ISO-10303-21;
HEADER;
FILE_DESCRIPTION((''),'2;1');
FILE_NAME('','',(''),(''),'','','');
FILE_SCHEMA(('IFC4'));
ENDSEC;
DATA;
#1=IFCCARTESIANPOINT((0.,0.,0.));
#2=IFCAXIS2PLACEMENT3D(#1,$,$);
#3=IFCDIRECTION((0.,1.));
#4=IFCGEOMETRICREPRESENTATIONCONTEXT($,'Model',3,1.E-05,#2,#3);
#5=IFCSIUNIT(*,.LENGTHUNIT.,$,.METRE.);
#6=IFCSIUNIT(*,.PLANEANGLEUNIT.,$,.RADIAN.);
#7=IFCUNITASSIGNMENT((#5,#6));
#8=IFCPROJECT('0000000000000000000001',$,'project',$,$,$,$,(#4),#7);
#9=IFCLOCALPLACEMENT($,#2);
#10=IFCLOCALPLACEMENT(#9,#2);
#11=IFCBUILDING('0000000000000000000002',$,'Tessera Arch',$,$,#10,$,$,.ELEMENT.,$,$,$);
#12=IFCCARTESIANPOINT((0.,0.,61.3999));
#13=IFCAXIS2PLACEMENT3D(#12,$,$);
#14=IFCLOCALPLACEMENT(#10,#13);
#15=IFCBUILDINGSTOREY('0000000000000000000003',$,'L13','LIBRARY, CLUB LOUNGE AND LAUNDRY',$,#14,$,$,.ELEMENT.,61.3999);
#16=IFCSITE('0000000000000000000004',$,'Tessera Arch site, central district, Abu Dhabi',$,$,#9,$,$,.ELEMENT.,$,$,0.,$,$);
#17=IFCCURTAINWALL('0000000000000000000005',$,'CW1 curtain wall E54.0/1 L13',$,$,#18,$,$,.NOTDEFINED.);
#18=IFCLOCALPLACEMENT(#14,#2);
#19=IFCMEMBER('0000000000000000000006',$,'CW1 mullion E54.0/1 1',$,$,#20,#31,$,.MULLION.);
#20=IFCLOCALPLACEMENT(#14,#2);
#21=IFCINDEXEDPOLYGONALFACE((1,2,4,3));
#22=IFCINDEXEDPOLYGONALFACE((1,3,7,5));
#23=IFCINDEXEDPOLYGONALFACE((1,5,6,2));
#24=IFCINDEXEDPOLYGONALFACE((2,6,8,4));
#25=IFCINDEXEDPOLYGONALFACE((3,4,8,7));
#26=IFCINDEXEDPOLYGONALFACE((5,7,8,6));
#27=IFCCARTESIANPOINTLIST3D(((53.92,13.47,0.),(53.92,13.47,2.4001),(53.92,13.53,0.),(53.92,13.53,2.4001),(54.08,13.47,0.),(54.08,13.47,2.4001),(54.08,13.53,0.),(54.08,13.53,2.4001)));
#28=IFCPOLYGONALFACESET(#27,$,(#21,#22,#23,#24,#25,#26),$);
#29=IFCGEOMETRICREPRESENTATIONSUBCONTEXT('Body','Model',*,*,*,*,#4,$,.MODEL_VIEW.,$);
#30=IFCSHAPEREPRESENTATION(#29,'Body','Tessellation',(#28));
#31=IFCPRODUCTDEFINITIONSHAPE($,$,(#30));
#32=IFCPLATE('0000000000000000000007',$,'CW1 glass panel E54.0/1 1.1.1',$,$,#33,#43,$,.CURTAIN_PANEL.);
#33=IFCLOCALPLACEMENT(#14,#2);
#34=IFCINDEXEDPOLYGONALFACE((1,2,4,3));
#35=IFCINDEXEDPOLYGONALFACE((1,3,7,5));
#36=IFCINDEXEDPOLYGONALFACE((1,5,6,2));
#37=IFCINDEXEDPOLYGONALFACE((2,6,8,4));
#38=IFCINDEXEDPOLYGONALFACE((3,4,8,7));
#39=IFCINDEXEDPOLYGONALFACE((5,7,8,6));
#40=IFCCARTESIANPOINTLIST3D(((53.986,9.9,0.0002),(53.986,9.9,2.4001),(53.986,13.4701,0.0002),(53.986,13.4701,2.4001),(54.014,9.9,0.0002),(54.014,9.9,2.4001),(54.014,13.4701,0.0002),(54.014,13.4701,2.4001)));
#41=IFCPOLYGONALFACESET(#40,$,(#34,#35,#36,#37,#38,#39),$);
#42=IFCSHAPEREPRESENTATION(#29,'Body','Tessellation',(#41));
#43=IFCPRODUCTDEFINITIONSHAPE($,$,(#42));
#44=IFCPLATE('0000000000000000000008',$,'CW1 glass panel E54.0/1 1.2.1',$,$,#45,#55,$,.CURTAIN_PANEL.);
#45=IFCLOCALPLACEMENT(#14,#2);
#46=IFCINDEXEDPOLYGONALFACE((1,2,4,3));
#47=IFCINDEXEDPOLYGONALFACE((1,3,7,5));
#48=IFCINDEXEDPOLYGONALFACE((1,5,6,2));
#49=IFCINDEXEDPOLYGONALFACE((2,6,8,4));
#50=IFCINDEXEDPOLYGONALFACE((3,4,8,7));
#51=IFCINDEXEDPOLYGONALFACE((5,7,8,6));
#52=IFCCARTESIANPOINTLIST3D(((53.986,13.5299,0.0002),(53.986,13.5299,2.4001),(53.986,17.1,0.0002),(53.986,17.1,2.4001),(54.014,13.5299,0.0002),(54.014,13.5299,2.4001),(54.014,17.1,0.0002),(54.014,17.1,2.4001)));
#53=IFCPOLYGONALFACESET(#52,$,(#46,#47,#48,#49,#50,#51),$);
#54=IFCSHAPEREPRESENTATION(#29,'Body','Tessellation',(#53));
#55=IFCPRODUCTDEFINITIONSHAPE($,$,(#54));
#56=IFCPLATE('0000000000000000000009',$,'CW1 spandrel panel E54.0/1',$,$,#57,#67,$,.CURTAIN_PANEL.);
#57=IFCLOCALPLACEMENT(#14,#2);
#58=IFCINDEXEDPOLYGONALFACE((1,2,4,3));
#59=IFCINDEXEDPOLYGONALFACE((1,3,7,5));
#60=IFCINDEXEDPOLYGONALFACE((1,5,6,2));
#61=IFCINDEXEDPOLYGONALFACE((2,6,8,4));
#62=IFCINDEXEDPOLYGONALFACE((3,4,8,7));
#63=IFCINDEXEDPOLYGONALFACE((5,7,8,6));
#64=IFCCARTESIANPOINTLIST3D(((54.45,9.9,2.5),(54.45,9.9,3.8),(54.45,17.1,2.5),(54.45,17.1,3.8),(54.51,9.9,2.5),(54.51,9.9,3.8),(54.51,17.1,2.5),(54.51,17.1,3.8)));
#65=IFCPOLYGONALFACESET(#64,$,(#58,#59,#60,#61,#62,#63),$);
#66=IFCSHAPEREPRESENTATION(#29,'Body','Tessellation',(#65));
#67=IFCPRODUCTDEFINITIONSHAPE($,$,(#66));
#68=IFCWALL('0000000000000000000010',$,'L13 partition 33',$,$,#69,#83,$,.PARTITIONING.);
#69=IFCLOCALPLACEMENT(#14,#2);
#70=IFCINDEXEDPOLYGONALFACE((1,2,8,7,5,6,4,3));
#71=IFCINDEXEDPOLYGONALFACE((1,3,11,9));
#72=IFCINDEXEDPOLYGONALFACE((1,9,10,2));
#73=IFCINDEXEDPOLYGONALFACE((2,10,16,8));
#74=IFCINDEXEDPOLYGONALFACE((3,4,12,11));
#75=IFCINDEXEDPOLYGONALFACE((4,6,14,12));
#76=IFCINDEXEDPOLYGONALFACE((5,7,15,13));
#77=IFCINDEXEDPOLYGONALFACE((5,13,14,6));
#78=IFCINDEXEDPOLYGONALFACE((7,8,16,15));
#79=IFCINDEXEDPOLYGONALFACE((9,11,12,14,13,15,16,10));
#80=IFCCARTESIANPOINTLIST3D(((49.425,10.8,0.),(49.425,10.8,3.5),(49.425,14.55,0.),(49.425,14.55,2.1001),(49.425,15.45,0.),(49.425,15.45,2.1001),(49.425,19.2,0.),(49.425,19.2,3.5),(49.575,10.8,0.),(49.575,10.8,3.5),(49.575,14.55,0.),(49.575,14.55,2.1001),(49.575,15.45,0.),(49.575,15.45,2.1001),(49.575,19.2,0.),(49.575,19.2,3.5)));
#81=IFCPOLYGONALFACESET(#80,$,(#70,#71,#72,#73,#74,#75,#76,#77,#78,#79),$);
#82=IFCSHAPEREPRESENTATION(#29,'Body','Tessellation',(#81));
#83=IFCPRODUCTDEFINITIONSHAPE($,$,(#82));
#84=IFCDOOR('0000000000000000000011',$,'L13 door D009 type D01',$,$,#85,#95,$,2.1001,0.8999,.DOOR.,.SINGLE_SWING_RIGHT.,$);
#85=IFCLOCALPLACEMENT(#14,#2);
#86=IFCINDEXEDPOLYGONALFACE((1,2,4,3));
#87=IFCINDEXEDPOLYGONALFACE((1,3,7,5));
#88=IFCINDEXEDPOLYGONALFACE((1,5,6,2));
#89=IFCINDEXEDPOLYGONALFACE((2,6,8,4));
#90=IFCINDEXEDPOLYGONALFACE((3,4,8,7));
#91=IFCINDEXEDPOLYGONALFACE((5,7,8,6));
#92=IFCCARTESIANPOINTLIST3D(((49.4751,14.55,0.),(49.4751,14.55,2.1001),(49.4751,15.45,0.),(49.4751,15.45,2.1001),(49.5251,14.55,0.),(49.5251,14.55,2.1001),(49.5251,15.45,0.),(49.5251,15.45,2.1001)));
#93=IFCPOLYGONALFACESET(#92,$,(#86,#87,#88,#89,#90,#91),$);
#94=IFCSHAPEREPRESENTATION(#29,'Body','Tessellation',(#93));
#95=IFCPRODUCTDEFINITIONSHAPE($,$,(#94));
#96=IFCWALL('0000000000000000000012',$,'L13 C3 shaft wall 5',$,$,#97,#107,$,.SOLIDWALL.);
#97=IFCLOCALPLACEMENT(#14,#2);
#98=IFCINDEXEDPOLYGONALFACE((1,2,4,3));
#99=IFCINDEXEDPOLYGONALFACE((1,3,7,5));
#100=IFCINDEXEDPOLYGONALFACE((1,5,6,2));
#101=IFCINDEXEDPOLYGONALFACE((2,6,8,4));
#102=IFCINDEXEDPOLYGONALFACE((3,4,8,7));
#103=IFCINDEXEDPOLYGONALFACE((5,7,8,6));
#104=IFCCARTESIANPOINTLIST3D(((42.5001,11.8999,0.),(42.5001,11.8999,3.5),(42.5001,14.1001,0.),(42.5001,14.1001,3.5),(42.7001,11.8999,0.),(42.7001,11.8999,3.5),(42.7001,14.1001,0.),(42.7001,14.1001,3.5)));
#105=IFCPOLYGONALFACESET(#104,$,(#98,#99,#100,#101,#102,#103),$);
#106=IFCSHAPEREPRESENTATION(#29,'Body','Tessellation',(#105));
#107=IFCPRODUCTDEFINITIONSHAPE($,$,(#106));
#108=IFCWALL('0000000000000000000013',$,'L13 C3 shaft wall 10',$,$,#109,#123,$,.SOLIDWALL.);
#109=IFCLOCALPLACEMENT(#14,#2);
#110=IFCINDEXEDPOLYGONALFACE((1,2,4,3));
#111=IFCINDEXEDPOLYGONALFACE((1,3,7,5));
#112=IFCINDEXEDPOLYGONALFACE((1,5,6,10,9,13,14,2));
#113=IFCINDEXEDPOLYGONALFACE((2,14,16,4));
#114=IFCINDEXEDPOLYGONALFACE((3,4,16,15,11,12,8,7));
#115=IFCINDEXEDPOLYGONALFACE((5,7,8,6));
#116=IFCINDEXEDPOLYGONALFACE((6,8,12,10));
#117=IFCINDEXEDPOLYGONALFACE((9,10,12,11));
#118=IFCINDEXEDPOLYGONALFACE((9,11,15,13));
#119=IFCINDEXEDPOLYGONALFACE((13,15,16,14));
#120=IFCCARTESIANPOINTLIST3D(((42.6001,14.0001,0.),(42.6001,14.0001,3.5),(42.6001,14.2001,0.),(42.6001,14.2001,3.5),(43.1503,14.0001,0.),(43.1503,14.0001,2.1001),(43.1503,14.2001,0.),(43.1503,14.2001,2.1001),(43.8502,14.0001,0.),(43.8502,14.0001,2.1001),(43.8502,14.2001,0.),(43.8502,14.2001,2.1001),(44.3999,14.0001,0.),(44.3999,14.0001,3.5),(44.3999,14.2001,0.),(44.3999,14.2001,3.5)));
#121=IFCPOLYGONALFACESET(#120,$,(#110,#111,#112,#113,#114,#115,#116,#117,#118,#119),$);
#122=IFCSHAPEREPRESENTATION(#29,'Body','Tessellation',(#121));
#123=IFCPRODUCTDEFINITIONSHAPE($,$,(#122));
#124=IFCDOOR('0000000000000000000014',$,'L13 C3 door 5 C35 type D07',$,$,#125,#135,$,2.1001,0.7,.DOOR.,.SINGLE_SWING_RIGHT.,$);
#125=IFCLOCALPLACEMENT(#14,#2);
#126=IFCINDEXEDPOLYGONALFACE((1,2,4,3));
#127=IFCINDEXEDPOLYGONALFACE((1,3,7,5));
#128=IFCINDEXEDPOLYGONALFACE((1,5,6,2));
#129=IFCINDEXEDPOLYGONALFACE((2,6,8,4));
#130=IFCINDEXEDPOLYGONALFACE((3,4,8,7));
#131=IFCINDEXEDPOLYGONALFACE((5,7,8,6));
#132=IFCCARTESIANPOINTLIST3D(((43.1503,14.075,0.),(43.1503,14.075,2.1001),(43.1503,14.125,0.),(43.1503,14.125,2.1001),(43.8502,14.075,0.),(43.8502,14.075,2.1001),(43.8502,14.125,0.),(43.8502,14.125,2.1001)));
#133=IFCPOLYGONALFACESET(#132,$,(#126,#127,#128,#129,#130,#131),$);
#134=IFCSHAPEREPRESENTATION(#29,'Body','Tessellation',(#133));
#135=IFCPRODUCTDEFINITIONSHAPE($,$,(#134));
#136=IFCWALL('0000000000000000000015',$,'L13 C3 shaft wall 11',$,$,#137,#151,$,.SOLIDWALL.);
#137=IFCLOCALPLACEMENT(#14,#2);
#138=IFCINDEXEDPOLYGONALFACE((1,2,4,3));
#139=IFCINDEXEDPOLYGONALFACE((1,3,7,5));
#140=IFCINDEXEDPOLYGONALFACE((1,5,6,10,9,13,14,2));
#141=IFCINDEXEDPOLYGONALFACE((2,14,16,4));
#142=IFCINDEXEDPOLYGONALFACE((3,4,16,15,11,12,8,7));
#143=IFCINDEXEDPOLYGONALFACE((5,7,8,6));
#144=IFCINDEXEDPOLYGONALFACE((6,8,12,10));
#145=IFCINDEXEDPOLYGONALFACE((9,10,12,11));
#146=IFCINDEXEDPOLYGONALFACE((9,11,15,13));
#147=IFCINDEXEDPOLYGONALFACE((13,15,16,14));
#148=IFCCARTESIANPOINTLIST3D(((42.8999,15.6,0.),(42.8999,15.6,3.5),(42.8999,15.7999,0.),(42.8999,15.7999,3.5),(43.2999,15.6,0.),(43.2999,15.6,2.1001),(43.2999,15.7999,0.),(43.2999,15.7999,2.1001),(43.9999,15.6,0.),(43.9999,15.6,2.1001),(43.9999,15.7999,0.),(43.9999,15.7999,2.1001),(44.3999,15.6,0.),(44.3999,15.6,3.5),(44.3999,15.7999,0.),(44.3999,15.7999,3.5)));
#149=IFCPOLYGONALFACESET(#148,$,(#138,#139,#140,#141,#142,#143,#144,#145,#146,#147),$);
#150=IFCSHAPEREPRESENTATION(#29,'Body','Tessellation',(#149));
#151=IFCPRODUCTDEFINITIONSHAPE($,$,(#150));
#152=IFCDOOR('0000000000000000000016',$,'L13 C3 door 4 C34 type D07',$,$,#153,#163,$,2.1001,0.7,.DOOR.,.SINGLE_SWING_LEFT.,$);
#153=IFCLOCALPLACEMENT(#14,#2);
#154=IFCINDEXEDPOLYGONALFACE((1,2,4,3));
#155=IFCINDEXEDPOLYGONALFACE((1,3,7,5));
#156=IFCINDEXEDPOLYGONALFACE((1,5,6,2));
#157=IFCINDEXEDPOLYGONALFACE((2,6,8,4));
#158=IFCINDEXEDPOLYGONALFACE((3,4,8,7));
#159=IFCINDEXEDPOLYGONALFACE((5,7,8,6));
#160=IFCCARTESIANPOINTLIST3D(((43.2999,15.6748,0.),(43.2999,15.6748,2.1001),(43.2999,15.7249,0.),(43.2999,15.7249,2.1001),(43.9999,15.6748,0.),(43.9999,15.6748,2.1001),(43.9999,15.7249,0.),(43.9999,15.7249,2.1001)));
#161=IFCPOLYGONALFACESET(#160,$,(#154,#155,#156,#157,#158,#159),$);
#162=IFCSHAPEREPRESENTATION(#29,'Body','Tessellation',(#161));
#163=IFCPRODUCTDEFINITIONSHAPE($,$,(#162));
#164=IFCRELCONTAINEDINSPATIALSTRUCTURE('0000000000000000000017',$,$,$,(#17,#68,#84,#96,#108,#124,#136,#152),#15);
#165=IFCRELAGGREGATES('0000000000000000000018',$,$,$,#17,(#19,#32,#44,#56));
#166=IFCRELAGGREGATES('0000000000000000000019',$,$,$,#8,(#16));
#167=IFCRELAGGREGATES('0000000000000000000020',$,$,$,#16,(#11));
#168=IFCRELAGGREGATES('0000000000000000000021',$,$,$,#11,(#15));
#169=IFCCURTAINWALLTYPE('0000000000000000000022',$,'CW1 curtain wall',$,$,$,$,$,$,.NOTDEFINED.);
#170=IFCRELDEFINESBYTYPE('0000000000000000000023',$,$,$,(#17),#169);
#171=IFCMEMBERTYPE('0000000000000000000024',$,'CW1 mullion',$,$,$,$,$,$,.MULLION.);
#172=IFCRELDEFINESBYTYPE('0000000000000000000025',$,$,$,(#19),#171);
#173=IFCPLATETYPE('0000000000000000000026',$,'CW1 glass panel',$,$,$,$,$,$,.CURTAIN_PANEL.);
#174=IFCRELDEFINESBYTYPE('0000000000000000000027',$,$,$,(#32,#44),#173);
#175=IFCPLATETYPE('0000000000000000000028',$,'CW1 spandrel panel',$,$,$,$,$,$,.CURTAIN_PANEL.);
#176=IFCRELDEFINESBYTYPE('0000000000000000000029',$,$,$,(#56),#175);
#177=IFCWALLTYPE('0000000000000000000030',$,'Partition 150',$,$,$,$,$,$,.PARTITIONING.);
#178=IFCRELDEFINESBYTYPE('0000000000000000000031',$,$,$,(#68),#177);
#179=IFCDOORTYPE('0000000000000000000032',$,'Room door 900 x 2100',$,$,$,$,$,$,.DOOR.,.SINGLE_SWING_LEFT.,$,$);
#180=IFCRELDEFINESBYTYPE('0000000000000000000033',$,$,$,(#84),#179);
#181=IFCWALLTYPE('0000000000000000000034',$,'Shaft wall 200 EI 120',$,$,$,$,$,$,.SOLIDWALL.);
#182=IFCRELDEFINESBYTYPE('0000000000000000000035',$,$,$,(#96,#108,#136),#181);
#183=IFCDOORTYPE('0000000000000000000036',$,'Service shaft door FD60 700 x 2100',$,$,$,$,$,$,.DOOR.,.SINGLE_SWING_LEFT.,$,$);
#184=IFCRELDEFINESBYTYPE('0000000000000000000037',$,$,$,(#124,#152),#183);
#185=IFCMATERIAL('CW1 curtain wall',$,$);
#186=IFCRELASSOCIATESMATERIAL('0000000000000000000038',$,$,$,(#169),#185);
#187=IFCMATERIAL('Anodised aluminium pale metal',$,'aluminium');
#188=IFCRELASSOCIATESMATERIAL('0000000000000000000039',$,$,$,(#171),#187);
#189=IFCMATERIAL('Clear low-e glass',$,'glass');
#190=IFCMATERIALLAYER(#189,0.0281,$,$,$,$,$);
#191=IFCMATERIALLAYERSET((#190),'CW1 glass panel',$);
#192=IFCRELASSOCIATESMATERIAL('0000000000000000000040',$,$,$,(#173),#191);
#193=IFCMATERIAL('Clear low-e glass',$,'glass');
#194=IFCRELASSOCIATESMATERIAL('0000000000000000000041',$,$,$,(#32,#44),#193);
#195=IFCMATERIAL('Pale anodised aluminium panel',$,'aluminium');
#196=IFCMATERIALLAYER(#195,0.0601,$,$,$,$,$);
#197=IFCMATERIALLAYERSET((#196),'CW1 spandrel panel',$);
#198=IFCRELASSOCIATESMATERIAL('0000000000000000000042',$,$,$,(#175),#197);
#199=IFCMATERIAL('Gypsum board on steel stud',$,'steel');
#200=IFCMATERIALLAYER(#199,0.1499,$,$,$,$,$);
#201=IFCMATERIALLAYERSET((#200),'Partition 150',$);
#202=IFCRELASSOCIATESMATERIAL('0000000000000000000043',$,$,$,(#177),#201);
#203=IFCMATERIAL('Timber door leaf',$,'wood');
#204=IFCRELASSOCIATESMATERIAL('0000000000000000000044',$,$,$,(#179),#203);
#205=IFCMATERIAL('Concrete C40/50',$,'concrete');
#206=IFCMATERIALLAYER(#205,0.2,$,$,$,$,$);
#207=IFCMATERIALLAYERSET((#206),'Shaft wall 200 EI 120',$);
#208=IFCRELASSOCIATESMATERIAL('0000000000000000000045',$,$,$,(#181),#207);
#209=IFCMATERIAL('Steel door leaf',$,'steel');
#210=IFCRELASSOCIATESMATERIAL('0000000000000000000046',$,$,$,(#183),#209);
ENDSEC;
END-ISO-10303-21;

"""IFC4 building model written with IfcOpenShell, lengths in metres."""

from ifc_helpers import new_model, si_unit, direction, frame, frame_2d, origin, origin_2d, place, context, subcontext, project, spatial, rectangle, extrude, material, layer, layer_set, material_profile, profile_set, type_object, element, fill, aggregate, save


model = new_model("IFC4")

# Units and contexts
model_context = context("Model", 3, precision=1e-05, world=origin(), true_north=direction((0.0, 1.0)))
body_context = subcontext(model_context, "Body", "Model", "MODEL_VIEW")
ifc_project = project(units=[si_unit("LENGTHUNIT", "METRE"), si_unit("PLANEANGLEUNIT", "RADIAN")], contexts=[model_context])

# Site, building, storey
site_placement = place(None, origin())
site = spatial("IfcSite", under=ifc_project, at=site_placement, Name="Tessera Arch site, central district, Abu Dhabi", CompositionType="ELEMENT", RefElevation=0.0)
building_placement = place(site_placement, origin())
building = spatial("IfcBuilding", under=site, at=building_placement, Name="Tessera Arch", CompositionType="ELEMENT")
storey_placement = place(building_placement, frame((0.0, 0.0, 61.3999)))
storey = spatial("IfcBuildingStorey", under=building, at=storey_placement, Name="L13", Description="LIBRARY, CLUB LOUNGE AND LAUNDRY", CompositionType="ELEMENT", Elevation=61.3999)

# Curtain wall, member, plates
ifc_material_1 = material(Name="CW1 curtain wall")
curtain_wall_type = type_object("IfcCurtainWallType", Name="CW1 curtain wall", PredefinedType="NOTDEFINED", material=ifc_material_1)
curtain_wall_placement = place(storey_placement, origin())
curtain_wall = element("IfcCurtainWall", 1, at=curtain_wall_placement, inside=storey, type_object=curtain_wall_type, Name="CW1 curtain wall E54.0/1 L13", PredefinedType="NOTDEFINED")
ifc_material_2 = material(Name="Anodised aluminium pale metal", Category="aluminium")
ifc_material_profile = material_profile(ifc_material_2, rectangle(XDim=0.1599, YDim=0.0601, at=origin_2d()), Name="AL 60x160")
ifc_profile_set = profile_set([ifc_material_profile], Name="Anodised aluminium pale metal")
member_type = type_object("IfcMemberType", Name="CW1 mullion", PredefinedType="MULLION", material=ifc_profile_set)
member_placement = place(storey_placement, frame((54.0, 13.5, 0.0), z_axis=(0.0, 0.0, 1.0), x_axis=(-1.0, 0.0, 0.0)))
member = element("IfcMember", 2, at=member_placement, type_object=member_type, Name="CW1 mullion E54.0/1 1", PredefinedType="MULLION", context=body_context, shape_type="SweptSolid", body=[
    extrude(rectangle(XDim=0.1599, YDim=0.0601, at=origin_2d()), origin(), (0.0, 0.0, 1.0), 2.4001),
])
ifc_material_3 = material(Name="Clear low-e glass", Category="glass")
ifc_material_4 = material(Name="Clear low-e glass", Category="glass")
ifc_layer_1 = layer(ifc_material_4, 0.0281)
ifc_layer_set_1 = layer_set([ifc_layer_1], Name="CW1 glass panel")
plate_type_1 = type_object("IfcPlateType", Name="CW1 glass panel", PredefinedType="CURTAIN_PANEL", material=ifc_layer_set_1)
plate_1_placement = place(storey_placement, frame((54.0, 11.6851, 0.0002), z_axis=(0.0, 0.0, 1.0), x_axis=(0.0, 1.0, 0.0)))
plate_1 = element("IfcPlate", 3, at=plate_1_placement, type_object=plate_type_1, material=ifc_material_3, Name="CW1 glass panel E54.0/1 1.1.1", PredefinedType="CURTAIN_PANEL", context=body_context, shape_type="SweptSolid", body=[
    extrude(rectangle(XDim=3.5701, YDim=0.0281, at=origin_2d()), origin(), (0.0, 0.0, 1.0), 2.3999),
])
plate_2_placement = place(storey_placement, frame((54.0, 15.3149, 0.0002), z_axis=(0.0, 0.0, 1.0), x_axis=(0.0, 1.0, 0.0)))
plate_2 = element("IfcPlate", 4, at=plate_2_placement, type_object=plate_type_1, material=ifc_material_3, Name="CW1 glass panel E54.0/1 1.2.1", PredefinedType="CURTAIN_PANEL", context=body_context, shape_type="SweptSolid", body=[
    extrude(rectangle(XDim=3.5701, YDim=0.0281, at=origin_2d()), origin(), (0.0, 0.0, 1.0), 2.3999),
])
ifc_material_5 = material(Name="Pale anodised aluminium panel", Category="aluminium")
ifc_layer_2 = layer(ifc_material_5, 0.0601)
ifc_layer_set_2 = layer_set([ifc_layer_2], Name="CW1 spandrel panel")
plate_type_2 = type_object("IfcPlateType", Name="CW1 spandrel panel", PredefinedType="CURTAIN_PANEL", material=ifc_layer_set_2)
plate_3_placement = place(storey_placement, frame((54.48, 13.5, 2.5), z_axis=(0.0, 0.0, 1.0), x_axis=(0.0, 1.0, 0.0)))
plate_3 = element("IfcPlate", 5, at=plate_3_placement, type_object=plate_type_2, Name="CW1 spandrel panel E54.0/1", PredefinedType="CURTAIN_PANEL", context=body_context, shape_type="SweptSolid", body=[
    extrude(rectangle(XDim=7.2, YDim=0.0601, at=origin_2d()), origin(), (0.0, 0.0, 1.0), 1.3),
])
aggregate(curtain_wall, [member, plate_1, plate_2, plate_3])

# Wall, opening, door
ifc_material_6 = material(Name="Gypsum board on steel stud", Category="steel")
ifc_layer_3 = layer(ifc_material_6, 0.1499)
ifc_layer_set_3 = layer_set([ifc_layer_3], Name="Partition 150")
wall_type_1 = type_object("IfcWallType", Name="Partition 150", PredefinedType="PARTITIONING", material=ifc_layer_set_3)
wall_1_placement = place(storey_placement, frame((49.5, 10.8, 0.0), z_axis=(0.0, 0.0, 1.0), x_axis=(0.0, 1.0, 0.0)))
wall_1 = element("IfcWall", 6, at=wall_1_placement, inside=storey, type_object=wall_type_1, Name="L13 partition 33", PredefinedType="PARTITIONING", context=body_context, shape_type="SweptSolid", body=[
    extrude(rectangle(XDim=8.3999, YDim=0.1499, at=frame_2d((4.2, 0.0))), origin(), (0.0, 0.0, 1.0), 3.5),
])
opening_1_placement = place(wall_1_placement, frame((3.75, 0.0, 0.0)))
opening_1 = element("IfcOpeningElement", 7, at=opening_1_placement, cuts=wall_1, PredefinedType="OPENING", context=body_context, shape_type="SweptSolid", body=[
    extrude(rectangle(XDim=0.8999, YDim=2.1001, at=frame_2d((0.45, 1.05))), frame((0.0, 0.085, 0.0), z_axis=(0.0, -1.0, 0.0), x_axis=(1.0, 0.0, 0.0)), (0.0, 0.0, 1.0), 0.1699),
])
ifc_material_7 = material(Name="Timber door leaf", Category="wood")
door_type_1 = type_object("IfcDoorType", Name="Room door 900 x 2100", OperationType="SINGLE_SWING_LEFT", PredefinedType="DOOR", material=ifc_material_7)
door_1_placement = place(opening_1_placement, origin())
door_1 = element("IfcDoor", 8, at=door_1_placement, inside=storey, type_object=door_type_1, Name="L13 door D009 type D01", OperationType="SINGLE_SWING_RIGHT", OverallHeight=2.1001, OverallWidth=0.8999, PredefinedType="DOOR", context=body_context, shape_type="SweptSolid", body=[
    extrude(rectangle(XDim=0.8999, YDim=2.1001, at=frame_2d((0.45, 1.05))), frame((0.0, 0.0249, 0.0), z_axis=(0.0, -1.0, 0.0), x_axis=(1.0, 0.0, 0.0)), (0.0, 0.0, 1.0), 0.05),
])
fill(opening_1, door_1)

# Wall
ifc_material_8 = material(Name="Concrete C40/50", Category="concrete")
ifc_layer_4 = layer(ifc_material_8, 0.2)
ifc_layer_set_4 = layer_set([ifc_layer_4], Name="Shaft wall 200 EI 120")
wall_type_2 = type_object("IfcWallType", Name="Shaft wall 200 EI 120", PredefinedType="SOLIDWALL", material=ifc_layer_set_4)
wall_2_placement = place(storey_placement, frame((42.6001, 11.8999, 0.0), z_axis=(0.0, 0.0, 1.0), x_axis=(0.0, 1.0, 0.0)))
element("IfcWall", 9, at=wall_2_placement, inside=storey, type_object=wall_type_2, Name="L13 C3 shaft wall 5", PredefinedType="SOLIDWALL", context=body_context, shape_type="SweptSolid", body=[
    extrude(rectangle(XDim=2.2002, YDim=0.2, at=frame_2d((1.1001, 0.0))), origin(), (0.0, 0.0, 1.0), 3.5),
])

# Walls, openings, doors
wall_3_placement = place(storey_placement, frame((42.6001, 14.1001, 0.0), z_axis=(0.0, 0.0, 1.0), x_axis=(1.0, 0.0, 0.0)))
wall_3 = element("IfcWall", 10, at=wall_3_placement, inside=storey, type_object=wall_type_2, Name="L13 C3 shaft wall 10", PredefinedType="SOLIDWALL", context=body_context, shape_type="SweptSolid", body=[
    extrude(rectangle(XDim=1.7998, YDim=0.2, at=frame_2d((0.8999, 0.0))), origin(), (0.0, 0.0, 1.0), 3.5),
])
opening_2_placement = place(wall_3_placement, frame((0.55, 0.0, 0.0)))
opening_2 = element("IfcOpeningElement", 11, at=opening_2_placement, cuts=wall_3, PredefinedType="OPENING", context=body_context, shape_type="SweptSolid", body=[
    extrude(rectangle(XDim=0.7, YDim=2.1001, at=frame_2d((0.3501, 1.05))), frame((0.0, 0.1099, 0.0), z_axis=(0.0, -1.0, 0.0), x_axis=(1.0, 0.0, 0.0)), (0.0, 0.0, 1.0), 0.22),
])
ifc_material_9 = material(Name="Steel door leaf", Category="steel")
door_type_2 = type_object("IfcDoorType", Name="Service shaft door FD60 700 x 2100", OperationType="SINGLE_SWING_LEFT", PredefinedType="DOOR", material=ifc_material_9)
door_2_placement = place(opening_2_placement, origin())
door_2 = element("IfcDoor", 12, at=door_2_placement, inside=storey, type_object=door_type_2, Name="L13 C3 door 5 C35 type D07", OperationType="SINGLE_SWING_RIGHT", OverallHeight=2.1001, OverallWidth=0.7, PredefinedType="DOOR", context=body_context, shape_type="SweptSolid", body=[
    extrude(rectangle(XDim=0.7, YDim=2.1001, at=frame_2d((0.3501, 1.05))), frame((0.0, 0.0249, 0.0), z_axis=(0.0, -1.0, 0.0), x_axis=(1.0, 0.0, 0.0)), (0.0, 0.0, 1.0), 0.05),
])
fill(opening_2, door_2)
wall_4_placement = place(storey_placement, frame((42.8999, 15.7, 0.0), z_axis=(0.0, 0.0, 1.0), x_axis=(1.0, 0.0, 0.0)))
wall_4 = element("IfcWall", 13, at=wall_4_placement, inside=storey, type_object=wall_type_2, Name="L13 C3 shaft wall 11", PredefinedType="SOLIDWALL", context=body_context, shape_type="SweptSolid", body=[
    extrude(rectangle(XDim=1.5, YDim=0.2, at=frame_2d((0.75, 0.0))), origin(), (0.0, 0.0, 1.0), 3.5),
])
opening_3_placement = place(wall_4_placement, frame((0.3999, 0.0, 0.0)))
opening_3 = element("IfcOpeningElement", 14, at=opening_3_placement, cuts=wall_4, PredefinedType="OPENING", context=body_context, shape_type="SweptSolid", body=[
    extrude(rectangle(XDim=0.7, YDim=2.1001, at=frame_2d((0.3501, 1.05))), frame((0.0, 0.1099, 0.0), z_axis=(0.0, -1.0, 0.0), x_axis=(1.0, 0.0, 0.0)), (0.0, 0.0, 1.0), 0.22),
])
door_3_placement = place(opening_3_placement, origin())
door_3 = element("IfcDoor", 15, at=door_3_placement, inside=storey, type_object=door_type_2, Name="L13 C3 door 4 C34 type D07", OperationType="SINGLE_SWING_LEFT", OverallHeight=2.1001, OverallWidth=0.7, PredefinedType="DOOR", context=body_context, shape_type="SweptSolid", body=[
    extrude(rectangle(XDim=0.7, YDim=2.1001, at=frame_2d((0.3501, 1.05))), frame((0.0, 0.0249, 0.0), z_axis=(0.0, -1.0, 0.0), x_axis=(1.0, 0.0, 0.0)), (0.0, 0.0, 1.0), 0.05),
])
fill(opening_3, door_3)

save(model, "model.ifc")
